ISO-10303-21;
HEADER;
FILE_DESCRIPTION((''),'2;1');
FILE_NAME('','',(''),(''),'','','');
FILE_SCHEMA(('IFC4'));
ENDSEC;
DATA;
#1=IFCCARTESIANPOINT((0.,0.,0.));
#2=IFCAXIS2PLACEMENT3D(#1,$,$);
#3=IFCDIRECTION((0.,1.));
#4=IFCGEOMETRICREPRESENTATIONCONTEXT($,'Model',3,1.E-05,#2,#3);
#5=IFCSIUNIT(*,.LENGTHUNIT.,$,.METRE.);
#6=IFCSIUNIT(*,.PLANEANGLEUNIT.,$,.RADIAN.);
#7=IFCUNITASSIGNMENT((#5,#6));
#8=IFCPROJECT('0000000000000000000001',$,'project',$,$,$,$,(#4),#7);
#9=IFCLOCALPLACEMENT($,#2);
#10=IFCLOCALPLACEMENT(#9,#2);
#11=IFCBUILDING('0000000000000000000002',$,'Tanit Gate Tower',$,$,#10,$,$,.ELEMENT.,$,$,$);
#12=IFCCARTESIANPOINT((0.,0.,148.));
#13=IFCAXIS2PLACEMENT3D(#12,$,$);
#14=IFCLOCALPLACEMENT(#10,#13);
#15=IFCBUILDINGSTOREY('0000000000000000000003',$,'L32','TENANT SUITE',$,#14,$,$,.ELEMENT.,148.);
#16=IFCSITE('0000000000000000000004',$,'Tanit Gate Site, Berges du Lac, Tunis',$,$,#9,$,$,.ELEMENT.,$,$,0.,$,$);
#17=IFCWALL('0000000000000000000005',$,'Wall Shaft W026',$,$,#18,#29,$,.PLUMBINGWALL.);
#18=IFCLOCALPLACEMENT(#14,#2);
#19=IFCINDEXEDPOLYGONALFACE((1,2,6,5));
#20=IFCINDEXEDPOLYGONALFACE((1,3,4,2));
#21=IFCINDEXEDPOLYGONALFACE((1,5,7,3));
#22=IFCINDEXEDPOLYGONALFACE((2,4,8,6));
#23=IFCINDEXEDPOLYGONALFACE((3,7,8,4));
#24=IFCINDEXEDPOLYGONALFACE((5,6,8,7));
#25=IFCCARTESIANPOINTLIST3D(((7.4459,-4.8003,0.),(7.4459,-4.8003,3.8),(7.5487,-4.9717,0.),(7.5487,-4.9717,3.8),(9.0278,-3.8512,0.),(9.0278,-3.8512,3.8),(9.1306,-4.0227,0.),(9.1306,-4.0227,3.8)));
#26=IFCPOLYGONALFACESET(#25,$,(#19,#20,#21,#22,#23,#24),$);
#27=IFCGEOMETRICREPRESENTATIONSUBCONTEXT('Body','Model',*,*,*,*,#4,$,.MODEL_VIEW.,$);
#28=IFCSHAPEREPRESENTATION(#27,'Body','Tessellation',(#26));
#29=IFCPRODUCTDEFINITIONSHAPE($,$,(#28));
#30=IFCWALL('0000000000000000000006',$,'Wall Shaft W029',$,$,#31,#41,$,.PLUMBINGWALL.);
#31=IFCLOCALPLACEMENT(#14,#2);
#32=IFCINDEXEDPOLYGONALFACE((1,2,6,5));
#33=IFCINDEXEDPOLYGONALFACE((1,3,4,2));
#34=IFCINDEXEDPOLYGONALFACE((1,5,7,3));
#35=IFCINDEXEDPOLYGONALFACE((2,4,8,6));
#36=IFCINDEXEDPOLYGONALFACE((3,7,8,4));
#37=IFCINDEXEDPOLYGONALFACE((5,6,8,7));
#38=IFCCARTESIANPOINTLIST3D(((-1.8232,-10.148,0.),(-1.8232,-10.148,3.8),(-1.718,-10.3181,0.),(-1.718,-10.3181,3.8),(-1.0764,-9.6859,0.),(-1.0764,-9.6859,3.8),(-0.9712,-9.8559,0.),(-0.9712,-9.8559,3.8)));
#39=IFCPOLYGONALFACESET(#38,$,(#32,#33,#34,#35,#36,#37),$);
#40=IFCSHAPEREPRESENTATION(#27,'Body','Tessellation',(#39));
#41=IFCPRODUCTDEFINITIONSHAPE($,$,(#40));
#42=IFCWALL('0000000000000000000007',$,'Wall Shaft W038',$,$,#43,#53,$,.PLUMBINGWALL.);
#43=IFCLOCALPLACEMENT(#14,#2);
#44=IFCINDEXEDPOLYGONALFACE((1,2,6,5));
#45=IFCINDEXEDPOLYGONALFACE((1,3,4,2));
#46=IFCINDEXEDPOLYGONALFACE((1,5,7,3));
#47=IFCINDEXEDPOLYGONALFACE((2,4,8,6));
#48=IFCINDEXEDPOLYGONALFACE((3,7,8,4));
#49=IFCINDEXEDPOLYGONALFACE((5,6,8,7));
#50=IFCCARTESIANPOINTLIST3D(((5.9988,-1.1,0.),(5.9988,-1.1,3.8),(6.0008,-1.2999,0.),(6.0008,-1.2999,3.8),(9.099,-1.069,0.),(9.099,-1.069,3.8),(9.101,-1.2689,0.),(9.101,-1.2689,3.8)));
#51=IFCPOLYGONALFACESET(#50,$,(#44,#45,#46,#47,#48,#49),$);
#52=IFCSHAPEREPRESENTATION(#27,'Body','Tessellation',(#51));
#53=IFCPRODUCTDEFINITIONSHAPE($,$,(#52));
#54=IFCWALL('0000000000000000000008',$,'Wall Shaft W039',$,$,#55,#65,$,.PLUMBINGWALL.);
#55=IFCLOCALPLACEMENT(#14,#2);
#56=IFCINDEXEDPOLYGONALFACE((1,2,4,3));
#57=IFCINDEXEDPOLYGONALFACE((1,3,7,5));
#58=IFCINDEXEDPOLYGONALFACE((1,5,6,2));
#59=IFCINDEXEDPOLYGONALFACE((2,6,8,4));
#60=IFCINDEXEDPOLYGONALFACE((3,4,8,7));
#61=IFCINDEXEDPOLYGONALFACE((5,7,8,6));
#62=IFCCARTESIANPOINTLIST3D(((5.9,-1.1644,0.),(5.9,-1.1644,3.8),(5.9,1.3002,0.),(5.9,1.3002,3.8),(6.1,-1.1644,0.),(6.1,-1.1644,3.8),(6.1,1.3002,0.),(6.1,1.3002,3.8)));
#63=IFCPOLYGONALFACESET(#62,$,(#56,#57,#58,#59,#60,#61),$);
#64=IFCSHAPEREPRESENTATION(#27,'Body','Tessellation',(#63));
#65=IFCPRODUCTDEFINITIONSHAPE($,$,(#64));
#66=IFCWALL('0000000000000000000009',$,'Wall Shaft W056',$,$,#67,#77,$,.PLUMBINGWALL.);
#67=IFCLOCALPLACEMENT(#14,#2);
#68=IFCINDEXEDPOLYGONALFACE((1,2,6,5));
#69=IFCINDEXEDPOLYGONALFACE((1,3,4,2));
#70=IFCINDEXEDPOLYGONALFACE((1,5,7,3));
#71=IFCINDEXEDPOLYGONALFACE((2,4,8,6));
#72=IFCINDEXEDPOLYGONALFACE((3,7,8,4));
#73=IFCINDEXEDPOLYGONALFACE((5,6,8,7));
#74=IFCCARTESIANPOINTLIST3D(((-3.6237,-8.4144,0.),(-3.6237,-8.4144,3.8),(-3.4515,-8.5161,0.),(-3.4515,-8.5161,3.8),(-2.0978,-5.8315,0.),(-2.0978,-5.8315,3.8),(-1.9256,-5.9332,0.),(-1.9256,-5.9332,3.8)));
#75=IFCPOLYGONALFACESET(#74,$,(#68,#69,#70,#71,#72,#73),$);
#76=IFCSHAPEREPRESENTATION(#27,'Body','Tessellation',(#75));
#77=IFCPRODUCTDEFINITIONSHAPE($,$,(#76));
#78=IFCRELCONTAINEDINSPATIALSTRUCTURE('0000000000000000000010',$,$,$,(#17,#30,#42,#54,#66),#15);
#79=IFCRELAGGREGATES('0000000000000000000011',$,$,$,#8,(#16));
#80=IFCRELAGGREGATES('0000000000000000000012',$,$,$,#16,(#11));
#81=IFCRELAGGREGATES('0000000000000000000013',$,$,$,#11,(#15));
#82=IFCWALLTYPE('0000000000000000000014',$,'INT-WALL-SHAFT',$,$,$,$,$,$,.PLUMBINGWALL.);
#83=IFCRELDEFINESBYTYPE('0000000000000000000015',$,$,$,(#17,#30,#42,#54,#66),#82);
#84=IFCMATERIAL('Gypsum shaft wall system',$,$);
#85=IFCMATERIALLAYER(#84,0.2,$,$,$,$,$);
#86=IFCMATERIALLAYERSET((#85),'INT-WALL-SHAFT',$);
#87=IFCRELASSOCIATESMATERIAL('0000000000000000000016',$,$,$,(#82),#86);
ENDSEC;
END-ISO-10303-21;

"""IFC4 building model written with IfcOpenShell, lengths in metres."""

from ifc_helpers import new_model, si_unit, direction, frame, frame_2d, origin, place, context, subcontext, project, spatial, rectangle, extrude, material, layer, layer_set, type_object, element, save


model = new_model("IFC4")

# Units and contexts
model_context = context("Model", 3, precision=1e-05, world=origin(), true_north=direction((0.0, 1.0)))
body_context = subcontext(model_context, "Body", "Model", "MODEL_VIEW")
ifc_project = project(units=[si_unit("LENGTHUNIT", "METRE"), si_unit("PLANEANGLEUNIT", "RADIAN")], contexts=[model_context])

# Site, building, storey
site_placement = place(None, origin())
site = spatial("IfcSite", under=ifc_project, at=site_placement, Name="Tanit Gate Site, Berges du Lac, Tunis", CompositionType="ELEMENT", RefElevation=0.0)
building_placement = place(site_placement, origin())
building = spatial("IfcBuilding", under=site, at=building_placement, Name="Tanit Gate Tower", CompositionType="ELEMENT")
storey_placement = place(building_placement, frame((0.0, 0.0, 148.0)))
storey = spatial("IfcBuildingStorey", under=building, at=storey_placement, Name="L32", Description="TENANT SUITE", CompositionType="ELEMENT", Elevation=148.0)

# Walls
ifc_material_1 = material(Name="Gypsum shaft wall system")
ifc_layer_1 = layer(ifc_material_1, 0.2)
ifc_layer_set_1 = layer_set([ifc_layer_1], Name="INT-WALL-SHAFT")
wall_type_1 = type_object("IfcWallType", Name="INT-WALL-SHAFT", PredefinedType="PLUMBINGWALL", material=ifc_layer_set_1)
wall_1_placement = place(storey_placement, frame((7.4973, -4.886, 0.0), z_axis=(0.0, 0.0, 1.0), x_axis=(0.857516, 0.514457, 0.0)))
element("IfcWall", 1, at=wall_1_placement, inside=storey, type_object=wall_type_1, Name="Wall Shaft W026", PredefinedType="PLUMBINGWALL", context=body_context, shape_type="SweptSolid", body=[
    extrude(rectangle(XDim=1.8447, YDim=0.2, at=frame_2d((0.9224, 0.0))), origin(), (0.0, 0.0, 1.0), 3.8),
])
wall_2_placement = place(storey_placement, frame((-1.0239, -9.771, 0.0), z_axis=(0.0, 0.0, 1.0), x_axis=(-0.850348, -0.526221, 0.0)))
element("IfcWall", 2, at=wall_2_placement, inside=storey, type_object=wall_type_1, Name="Wall Shaft W029", PredefinedType="PLUMBINGWALL", context=body_context, shape_type="SweptSolid", body=[
    extrude(rectangle(XDim=0.8782, YDim=0.2, at=frame_2d((0.439, 0.0))), origin(), (0.0, 0.0, 1.0), 3.8),
])
wall_3_placement = place(storey_placement, frame((9.1001, -1.1689, 0.0), z_axis=(0.0, 0.0, 1.0), x_axis=(-0.99995, -0.010001, 0.0)))
element("IfcWall", 3, at=wall_3_placement, inside=storey, type_object=wall_type_1, Name="Wall Shaft W038", PredefinedType="PLUMBINGWALL", context=body_context, shape_type="SweptSolid", body=[
    extrude(rectangle(XDim=3.1003, YDim=0.2, at=frame_2d((1.5503, 0.0))), origin(), (0.0, 0.0, 1.0), 3.8),
])
wall_4_placement = place(storey_placement, frame((6.0, -1.1646, 0.0), z_axis=(0.0, 0.0, 1.0), x_axis=(0.0, 1.0, 0.0)))
element("IfcWall", 4, at=wall_4_placement, inside=storey, type_object=wall_type_1, Name="Wall Shaft W039", PredefinedType="PLUMBINGWALL", context=body_context, shape_type="SweptSolid", body=[
    extrude(rectangle(XDim=2.4646, YDim=0.2, at=frame_2d((1.2324, 0.0))), origin(), (0.0, 0.0, 1.0), 3.8),
])
wall_5_placement = place(storey_placement, frame((-2.0117, -5.8823, 0.0), z_axis=(0.0, 0.0, 1.0), x_axis=(-0.50862, -0.860991, 0.0)))
element("IfcWall", 5, at=wall_5_placement, inside=storey, type_object=wall_type_1, Name="Wall Shaft W056", PredefinedType="PLUMBINGWALL", context=body_context, shape_type="SweptSolid", body=[
    extrude(rectangle(XDim=3.0, YDim=0.2, at=frame_2d((1.5, 0.0))), origin(), (0.0, 0.0, 1.0), 3.8),
])

save(model, "model.ifc")
